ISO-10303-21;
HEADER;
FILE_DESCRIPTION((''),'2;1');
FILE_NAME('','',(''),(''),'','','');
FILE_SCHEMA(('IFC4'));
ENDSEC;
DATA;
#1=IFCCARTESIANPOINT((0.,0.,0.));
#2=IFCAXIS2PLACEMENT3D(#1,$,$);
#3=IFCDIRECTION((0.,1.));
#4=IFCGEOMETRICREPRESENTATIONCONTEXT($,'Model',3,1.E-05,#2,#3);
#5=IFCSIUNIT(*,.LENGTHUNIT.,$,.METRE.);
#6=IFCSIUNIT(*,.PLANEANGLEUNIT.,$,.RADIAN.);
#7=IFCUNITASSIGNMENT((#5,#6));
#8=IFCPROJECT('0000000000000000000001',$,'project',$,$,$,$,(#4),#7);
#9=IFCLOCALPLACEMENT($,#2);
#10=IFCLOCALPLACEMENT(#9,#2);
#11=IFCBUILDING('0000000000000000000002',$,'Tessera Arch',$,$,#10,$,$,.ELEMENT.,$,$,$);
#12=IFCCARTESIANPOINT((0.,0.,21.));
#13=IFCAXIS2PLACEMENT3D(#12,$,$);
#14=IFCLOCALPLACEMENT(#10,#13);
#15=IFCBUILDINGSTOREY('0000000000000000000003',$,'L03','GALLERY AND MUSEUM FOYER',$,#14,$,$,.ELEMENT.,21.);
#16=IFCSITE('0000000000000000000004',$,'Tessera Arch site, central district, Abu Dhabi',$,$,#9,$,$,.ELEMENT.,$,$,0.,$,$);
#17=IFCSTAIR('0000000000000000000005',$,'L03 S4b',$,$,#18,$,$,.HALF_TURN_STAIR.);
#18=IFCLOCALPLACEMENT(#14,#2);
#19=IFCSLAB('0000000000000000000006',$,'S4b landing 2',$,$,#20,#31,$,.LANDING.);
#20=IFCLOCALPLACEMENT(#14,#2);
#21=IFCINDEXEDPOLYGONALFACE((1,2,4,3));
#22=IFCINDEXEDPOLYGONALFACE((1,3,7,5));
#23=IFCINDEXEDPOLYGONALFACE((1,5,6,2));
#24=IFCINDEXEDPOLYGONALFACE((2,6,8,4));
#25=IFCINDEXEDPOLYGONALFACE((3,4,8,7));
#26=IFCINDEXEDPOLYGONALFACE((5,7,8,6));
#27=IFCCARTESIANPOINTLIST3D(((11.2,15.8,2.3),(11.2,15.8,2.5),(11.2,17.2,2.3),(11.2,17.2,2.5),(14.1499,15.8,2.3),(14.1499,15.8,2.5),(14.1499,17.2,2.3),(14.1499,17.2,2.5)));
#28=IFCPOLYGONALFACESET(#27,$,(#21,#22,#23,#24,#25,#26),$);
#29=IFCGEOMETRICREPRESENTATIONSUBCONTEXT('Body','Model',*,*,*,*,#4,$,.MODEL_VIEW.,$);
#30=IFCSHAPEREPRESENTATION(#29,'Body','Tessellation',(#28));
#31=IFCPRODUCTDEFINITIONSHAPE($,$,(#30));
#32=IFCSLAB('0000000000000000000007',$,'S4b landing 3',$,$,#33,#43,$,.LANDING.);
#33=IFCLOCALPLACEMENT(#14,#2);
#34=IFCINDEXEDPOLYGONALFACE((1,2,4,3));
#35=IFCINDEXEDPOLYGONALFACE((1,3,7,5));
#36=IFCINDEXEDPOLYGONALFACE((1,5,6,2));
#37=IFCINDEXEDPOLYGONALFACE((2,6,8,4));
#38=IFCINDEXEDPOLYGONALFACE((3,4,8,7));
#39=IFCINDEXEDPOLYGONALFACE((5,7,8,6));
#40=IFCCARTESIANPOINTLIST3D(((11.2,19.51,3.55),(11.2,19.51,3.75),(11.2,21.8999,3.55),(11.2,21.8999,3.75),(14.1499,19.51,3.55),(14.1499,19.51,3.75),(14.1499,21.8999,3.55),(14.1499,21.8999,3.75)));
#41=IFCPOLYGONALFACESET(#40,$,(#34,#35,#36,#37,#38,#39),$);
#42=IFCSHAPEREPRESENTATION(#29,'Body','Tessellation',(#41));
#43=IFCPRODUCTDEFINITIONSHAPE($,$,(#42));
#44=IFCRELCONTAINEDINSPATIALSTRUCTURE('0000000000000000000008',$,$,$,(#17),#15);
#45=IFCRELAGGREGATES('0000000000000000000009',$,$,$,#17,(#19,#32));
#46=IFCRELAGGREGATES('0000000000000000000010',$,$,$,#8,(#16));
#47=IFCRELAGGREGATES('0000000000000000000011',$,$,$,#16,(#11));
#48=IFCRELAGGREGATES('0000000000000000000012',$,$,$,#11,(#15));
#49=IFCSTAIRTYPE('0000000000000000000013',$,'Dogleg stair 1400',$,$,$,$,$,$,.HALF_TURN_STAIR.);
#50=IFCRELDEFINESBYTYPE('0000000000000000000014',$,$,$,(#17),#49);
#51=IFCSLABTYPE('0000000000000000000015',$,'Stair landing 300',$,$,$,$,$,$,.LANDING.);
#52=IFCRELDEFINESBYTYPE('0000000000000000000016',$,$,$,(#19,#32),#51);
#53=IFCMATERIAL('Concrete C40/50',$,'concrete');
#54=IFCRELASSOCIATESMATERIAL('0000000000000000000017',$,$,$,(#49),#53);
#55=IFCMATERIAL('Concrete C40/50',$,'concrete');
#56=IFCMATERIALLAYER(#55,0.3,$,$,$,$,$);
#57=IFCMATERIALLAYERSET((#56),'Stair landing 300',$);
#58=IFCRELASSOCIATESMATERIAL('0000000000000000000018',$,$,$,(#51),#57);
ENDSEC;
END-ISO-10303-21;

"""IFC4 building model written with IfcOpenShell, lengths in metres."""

from ifc_helpers import new_model, si_unit, direction, frame, origin, place, context, subcontext, project, spatial, polyline, outline, extrude, material, layer, layer_set, type_object, element, aggregate, save


model = new_model("IFC4")

# Units and contexts
model_context = context("Model", 3, precision=1e-05, world=origin(), true_north=direction((0.0, 1.0)))
body_context = subcontext(model_context, "Body", "Model", "MODEL_VIEW")
ifc_project = project(units=[si_unit("LENGTHUNIT", "METRE"), si_unit("PLANEANGLEUNIT", "RADIAN")], contexts=[model_context])

# Site, building, storey
site_placement = place(None, origin())
site = spatial("IfcSite", under=ifc_project, at=site_placement, Name="Tessera Arch site, central district, Abu Dhabi", CompositionType="ELEMENT", RefElevation=0.0)
building_placement = place(site_placement, origin())
building = spatial("IfcBuilding", under=site, at=building_placement, Name="Tessera Arch", CompositionType="ELEMENT")
storey_placement = place(building_placement, frame((0.0, 0.0, 21.0)))
storey = spatial("IfcBuildingStorey", under=building, at=storey_placement, Name="L03", Description="GALLERY AND MUSEUM FOYER", CompositionType="ELEMENT", Elevation=21.0)

# Stair, slabs
ifc_material_1 = material(Name="Concrete C40/50", Category="concrete")
stair_type = type_object("IfcStairType", Name="Dogleg stair 1400", PredefinedType="HALF_TURN_STAIR", material=ifc_material_1)
ifc_material_2 = material(Name="Concrete C40/50", Category="concrete")
ifc_layer_1 = layer(ifc_material_2, 0.3)
ifc_layer_set_1 = layer_set([ifc_layer_1], Name="Stair landing 300")
slab_type = type_object("IfcSlabType", Name="Stair landing 300", PredefinedType="LANDING", material=ifc_layer_set_1)
stair_1_placement = place(storey_placement, origin())
stair_1 = element("IfcStair", 1, at=stair_1_placement, inside=storey, type_object=stair_type, Name="L03 S4b", PredefinedType="HALF_TURN_STAIR")
slab_1_placement = place(storey_placement, frame((0.0, 0.0, 2.3)))
slab_1 = element("IfcSlab", 2, at=slab_1_placement, type_object=slab_type, Name="S4b landing 2", PredefinedType="LANDING", context=body_context, shape_type="SweptSolid", body=[
    extrude(outline(polyline([(14.1499, 15.8), (14.1499, 17.2), (11.2, 17.2), (11.2, 15.8), (14.1499, 15.8)])), origin(), (0.0, 0.0, 1.0), 0.2),
])
slab_2_placement = place(storey_placement, frame((0.0, 0.0, 3.55)))
slab_2 = element("IfcSlab", 3, at=slab_2_placement, type_object=slab_type, Name="S4b landing 3", PredefinedType="LANDING", context=body_context, shape_type="SweptSolid", body=[
    extrude(outline(polyline([(14.1499, 19.51), (14.1499, 21.8999), (11.2, 21.8999), (11.2, 19.51), (14.1499, 19.51)])), origin(), (0.0, 0.0, 1.0), 0.2),
])
aggregate(stair_1, [slab_1, slab_2])

save(model, "model.ifc")
